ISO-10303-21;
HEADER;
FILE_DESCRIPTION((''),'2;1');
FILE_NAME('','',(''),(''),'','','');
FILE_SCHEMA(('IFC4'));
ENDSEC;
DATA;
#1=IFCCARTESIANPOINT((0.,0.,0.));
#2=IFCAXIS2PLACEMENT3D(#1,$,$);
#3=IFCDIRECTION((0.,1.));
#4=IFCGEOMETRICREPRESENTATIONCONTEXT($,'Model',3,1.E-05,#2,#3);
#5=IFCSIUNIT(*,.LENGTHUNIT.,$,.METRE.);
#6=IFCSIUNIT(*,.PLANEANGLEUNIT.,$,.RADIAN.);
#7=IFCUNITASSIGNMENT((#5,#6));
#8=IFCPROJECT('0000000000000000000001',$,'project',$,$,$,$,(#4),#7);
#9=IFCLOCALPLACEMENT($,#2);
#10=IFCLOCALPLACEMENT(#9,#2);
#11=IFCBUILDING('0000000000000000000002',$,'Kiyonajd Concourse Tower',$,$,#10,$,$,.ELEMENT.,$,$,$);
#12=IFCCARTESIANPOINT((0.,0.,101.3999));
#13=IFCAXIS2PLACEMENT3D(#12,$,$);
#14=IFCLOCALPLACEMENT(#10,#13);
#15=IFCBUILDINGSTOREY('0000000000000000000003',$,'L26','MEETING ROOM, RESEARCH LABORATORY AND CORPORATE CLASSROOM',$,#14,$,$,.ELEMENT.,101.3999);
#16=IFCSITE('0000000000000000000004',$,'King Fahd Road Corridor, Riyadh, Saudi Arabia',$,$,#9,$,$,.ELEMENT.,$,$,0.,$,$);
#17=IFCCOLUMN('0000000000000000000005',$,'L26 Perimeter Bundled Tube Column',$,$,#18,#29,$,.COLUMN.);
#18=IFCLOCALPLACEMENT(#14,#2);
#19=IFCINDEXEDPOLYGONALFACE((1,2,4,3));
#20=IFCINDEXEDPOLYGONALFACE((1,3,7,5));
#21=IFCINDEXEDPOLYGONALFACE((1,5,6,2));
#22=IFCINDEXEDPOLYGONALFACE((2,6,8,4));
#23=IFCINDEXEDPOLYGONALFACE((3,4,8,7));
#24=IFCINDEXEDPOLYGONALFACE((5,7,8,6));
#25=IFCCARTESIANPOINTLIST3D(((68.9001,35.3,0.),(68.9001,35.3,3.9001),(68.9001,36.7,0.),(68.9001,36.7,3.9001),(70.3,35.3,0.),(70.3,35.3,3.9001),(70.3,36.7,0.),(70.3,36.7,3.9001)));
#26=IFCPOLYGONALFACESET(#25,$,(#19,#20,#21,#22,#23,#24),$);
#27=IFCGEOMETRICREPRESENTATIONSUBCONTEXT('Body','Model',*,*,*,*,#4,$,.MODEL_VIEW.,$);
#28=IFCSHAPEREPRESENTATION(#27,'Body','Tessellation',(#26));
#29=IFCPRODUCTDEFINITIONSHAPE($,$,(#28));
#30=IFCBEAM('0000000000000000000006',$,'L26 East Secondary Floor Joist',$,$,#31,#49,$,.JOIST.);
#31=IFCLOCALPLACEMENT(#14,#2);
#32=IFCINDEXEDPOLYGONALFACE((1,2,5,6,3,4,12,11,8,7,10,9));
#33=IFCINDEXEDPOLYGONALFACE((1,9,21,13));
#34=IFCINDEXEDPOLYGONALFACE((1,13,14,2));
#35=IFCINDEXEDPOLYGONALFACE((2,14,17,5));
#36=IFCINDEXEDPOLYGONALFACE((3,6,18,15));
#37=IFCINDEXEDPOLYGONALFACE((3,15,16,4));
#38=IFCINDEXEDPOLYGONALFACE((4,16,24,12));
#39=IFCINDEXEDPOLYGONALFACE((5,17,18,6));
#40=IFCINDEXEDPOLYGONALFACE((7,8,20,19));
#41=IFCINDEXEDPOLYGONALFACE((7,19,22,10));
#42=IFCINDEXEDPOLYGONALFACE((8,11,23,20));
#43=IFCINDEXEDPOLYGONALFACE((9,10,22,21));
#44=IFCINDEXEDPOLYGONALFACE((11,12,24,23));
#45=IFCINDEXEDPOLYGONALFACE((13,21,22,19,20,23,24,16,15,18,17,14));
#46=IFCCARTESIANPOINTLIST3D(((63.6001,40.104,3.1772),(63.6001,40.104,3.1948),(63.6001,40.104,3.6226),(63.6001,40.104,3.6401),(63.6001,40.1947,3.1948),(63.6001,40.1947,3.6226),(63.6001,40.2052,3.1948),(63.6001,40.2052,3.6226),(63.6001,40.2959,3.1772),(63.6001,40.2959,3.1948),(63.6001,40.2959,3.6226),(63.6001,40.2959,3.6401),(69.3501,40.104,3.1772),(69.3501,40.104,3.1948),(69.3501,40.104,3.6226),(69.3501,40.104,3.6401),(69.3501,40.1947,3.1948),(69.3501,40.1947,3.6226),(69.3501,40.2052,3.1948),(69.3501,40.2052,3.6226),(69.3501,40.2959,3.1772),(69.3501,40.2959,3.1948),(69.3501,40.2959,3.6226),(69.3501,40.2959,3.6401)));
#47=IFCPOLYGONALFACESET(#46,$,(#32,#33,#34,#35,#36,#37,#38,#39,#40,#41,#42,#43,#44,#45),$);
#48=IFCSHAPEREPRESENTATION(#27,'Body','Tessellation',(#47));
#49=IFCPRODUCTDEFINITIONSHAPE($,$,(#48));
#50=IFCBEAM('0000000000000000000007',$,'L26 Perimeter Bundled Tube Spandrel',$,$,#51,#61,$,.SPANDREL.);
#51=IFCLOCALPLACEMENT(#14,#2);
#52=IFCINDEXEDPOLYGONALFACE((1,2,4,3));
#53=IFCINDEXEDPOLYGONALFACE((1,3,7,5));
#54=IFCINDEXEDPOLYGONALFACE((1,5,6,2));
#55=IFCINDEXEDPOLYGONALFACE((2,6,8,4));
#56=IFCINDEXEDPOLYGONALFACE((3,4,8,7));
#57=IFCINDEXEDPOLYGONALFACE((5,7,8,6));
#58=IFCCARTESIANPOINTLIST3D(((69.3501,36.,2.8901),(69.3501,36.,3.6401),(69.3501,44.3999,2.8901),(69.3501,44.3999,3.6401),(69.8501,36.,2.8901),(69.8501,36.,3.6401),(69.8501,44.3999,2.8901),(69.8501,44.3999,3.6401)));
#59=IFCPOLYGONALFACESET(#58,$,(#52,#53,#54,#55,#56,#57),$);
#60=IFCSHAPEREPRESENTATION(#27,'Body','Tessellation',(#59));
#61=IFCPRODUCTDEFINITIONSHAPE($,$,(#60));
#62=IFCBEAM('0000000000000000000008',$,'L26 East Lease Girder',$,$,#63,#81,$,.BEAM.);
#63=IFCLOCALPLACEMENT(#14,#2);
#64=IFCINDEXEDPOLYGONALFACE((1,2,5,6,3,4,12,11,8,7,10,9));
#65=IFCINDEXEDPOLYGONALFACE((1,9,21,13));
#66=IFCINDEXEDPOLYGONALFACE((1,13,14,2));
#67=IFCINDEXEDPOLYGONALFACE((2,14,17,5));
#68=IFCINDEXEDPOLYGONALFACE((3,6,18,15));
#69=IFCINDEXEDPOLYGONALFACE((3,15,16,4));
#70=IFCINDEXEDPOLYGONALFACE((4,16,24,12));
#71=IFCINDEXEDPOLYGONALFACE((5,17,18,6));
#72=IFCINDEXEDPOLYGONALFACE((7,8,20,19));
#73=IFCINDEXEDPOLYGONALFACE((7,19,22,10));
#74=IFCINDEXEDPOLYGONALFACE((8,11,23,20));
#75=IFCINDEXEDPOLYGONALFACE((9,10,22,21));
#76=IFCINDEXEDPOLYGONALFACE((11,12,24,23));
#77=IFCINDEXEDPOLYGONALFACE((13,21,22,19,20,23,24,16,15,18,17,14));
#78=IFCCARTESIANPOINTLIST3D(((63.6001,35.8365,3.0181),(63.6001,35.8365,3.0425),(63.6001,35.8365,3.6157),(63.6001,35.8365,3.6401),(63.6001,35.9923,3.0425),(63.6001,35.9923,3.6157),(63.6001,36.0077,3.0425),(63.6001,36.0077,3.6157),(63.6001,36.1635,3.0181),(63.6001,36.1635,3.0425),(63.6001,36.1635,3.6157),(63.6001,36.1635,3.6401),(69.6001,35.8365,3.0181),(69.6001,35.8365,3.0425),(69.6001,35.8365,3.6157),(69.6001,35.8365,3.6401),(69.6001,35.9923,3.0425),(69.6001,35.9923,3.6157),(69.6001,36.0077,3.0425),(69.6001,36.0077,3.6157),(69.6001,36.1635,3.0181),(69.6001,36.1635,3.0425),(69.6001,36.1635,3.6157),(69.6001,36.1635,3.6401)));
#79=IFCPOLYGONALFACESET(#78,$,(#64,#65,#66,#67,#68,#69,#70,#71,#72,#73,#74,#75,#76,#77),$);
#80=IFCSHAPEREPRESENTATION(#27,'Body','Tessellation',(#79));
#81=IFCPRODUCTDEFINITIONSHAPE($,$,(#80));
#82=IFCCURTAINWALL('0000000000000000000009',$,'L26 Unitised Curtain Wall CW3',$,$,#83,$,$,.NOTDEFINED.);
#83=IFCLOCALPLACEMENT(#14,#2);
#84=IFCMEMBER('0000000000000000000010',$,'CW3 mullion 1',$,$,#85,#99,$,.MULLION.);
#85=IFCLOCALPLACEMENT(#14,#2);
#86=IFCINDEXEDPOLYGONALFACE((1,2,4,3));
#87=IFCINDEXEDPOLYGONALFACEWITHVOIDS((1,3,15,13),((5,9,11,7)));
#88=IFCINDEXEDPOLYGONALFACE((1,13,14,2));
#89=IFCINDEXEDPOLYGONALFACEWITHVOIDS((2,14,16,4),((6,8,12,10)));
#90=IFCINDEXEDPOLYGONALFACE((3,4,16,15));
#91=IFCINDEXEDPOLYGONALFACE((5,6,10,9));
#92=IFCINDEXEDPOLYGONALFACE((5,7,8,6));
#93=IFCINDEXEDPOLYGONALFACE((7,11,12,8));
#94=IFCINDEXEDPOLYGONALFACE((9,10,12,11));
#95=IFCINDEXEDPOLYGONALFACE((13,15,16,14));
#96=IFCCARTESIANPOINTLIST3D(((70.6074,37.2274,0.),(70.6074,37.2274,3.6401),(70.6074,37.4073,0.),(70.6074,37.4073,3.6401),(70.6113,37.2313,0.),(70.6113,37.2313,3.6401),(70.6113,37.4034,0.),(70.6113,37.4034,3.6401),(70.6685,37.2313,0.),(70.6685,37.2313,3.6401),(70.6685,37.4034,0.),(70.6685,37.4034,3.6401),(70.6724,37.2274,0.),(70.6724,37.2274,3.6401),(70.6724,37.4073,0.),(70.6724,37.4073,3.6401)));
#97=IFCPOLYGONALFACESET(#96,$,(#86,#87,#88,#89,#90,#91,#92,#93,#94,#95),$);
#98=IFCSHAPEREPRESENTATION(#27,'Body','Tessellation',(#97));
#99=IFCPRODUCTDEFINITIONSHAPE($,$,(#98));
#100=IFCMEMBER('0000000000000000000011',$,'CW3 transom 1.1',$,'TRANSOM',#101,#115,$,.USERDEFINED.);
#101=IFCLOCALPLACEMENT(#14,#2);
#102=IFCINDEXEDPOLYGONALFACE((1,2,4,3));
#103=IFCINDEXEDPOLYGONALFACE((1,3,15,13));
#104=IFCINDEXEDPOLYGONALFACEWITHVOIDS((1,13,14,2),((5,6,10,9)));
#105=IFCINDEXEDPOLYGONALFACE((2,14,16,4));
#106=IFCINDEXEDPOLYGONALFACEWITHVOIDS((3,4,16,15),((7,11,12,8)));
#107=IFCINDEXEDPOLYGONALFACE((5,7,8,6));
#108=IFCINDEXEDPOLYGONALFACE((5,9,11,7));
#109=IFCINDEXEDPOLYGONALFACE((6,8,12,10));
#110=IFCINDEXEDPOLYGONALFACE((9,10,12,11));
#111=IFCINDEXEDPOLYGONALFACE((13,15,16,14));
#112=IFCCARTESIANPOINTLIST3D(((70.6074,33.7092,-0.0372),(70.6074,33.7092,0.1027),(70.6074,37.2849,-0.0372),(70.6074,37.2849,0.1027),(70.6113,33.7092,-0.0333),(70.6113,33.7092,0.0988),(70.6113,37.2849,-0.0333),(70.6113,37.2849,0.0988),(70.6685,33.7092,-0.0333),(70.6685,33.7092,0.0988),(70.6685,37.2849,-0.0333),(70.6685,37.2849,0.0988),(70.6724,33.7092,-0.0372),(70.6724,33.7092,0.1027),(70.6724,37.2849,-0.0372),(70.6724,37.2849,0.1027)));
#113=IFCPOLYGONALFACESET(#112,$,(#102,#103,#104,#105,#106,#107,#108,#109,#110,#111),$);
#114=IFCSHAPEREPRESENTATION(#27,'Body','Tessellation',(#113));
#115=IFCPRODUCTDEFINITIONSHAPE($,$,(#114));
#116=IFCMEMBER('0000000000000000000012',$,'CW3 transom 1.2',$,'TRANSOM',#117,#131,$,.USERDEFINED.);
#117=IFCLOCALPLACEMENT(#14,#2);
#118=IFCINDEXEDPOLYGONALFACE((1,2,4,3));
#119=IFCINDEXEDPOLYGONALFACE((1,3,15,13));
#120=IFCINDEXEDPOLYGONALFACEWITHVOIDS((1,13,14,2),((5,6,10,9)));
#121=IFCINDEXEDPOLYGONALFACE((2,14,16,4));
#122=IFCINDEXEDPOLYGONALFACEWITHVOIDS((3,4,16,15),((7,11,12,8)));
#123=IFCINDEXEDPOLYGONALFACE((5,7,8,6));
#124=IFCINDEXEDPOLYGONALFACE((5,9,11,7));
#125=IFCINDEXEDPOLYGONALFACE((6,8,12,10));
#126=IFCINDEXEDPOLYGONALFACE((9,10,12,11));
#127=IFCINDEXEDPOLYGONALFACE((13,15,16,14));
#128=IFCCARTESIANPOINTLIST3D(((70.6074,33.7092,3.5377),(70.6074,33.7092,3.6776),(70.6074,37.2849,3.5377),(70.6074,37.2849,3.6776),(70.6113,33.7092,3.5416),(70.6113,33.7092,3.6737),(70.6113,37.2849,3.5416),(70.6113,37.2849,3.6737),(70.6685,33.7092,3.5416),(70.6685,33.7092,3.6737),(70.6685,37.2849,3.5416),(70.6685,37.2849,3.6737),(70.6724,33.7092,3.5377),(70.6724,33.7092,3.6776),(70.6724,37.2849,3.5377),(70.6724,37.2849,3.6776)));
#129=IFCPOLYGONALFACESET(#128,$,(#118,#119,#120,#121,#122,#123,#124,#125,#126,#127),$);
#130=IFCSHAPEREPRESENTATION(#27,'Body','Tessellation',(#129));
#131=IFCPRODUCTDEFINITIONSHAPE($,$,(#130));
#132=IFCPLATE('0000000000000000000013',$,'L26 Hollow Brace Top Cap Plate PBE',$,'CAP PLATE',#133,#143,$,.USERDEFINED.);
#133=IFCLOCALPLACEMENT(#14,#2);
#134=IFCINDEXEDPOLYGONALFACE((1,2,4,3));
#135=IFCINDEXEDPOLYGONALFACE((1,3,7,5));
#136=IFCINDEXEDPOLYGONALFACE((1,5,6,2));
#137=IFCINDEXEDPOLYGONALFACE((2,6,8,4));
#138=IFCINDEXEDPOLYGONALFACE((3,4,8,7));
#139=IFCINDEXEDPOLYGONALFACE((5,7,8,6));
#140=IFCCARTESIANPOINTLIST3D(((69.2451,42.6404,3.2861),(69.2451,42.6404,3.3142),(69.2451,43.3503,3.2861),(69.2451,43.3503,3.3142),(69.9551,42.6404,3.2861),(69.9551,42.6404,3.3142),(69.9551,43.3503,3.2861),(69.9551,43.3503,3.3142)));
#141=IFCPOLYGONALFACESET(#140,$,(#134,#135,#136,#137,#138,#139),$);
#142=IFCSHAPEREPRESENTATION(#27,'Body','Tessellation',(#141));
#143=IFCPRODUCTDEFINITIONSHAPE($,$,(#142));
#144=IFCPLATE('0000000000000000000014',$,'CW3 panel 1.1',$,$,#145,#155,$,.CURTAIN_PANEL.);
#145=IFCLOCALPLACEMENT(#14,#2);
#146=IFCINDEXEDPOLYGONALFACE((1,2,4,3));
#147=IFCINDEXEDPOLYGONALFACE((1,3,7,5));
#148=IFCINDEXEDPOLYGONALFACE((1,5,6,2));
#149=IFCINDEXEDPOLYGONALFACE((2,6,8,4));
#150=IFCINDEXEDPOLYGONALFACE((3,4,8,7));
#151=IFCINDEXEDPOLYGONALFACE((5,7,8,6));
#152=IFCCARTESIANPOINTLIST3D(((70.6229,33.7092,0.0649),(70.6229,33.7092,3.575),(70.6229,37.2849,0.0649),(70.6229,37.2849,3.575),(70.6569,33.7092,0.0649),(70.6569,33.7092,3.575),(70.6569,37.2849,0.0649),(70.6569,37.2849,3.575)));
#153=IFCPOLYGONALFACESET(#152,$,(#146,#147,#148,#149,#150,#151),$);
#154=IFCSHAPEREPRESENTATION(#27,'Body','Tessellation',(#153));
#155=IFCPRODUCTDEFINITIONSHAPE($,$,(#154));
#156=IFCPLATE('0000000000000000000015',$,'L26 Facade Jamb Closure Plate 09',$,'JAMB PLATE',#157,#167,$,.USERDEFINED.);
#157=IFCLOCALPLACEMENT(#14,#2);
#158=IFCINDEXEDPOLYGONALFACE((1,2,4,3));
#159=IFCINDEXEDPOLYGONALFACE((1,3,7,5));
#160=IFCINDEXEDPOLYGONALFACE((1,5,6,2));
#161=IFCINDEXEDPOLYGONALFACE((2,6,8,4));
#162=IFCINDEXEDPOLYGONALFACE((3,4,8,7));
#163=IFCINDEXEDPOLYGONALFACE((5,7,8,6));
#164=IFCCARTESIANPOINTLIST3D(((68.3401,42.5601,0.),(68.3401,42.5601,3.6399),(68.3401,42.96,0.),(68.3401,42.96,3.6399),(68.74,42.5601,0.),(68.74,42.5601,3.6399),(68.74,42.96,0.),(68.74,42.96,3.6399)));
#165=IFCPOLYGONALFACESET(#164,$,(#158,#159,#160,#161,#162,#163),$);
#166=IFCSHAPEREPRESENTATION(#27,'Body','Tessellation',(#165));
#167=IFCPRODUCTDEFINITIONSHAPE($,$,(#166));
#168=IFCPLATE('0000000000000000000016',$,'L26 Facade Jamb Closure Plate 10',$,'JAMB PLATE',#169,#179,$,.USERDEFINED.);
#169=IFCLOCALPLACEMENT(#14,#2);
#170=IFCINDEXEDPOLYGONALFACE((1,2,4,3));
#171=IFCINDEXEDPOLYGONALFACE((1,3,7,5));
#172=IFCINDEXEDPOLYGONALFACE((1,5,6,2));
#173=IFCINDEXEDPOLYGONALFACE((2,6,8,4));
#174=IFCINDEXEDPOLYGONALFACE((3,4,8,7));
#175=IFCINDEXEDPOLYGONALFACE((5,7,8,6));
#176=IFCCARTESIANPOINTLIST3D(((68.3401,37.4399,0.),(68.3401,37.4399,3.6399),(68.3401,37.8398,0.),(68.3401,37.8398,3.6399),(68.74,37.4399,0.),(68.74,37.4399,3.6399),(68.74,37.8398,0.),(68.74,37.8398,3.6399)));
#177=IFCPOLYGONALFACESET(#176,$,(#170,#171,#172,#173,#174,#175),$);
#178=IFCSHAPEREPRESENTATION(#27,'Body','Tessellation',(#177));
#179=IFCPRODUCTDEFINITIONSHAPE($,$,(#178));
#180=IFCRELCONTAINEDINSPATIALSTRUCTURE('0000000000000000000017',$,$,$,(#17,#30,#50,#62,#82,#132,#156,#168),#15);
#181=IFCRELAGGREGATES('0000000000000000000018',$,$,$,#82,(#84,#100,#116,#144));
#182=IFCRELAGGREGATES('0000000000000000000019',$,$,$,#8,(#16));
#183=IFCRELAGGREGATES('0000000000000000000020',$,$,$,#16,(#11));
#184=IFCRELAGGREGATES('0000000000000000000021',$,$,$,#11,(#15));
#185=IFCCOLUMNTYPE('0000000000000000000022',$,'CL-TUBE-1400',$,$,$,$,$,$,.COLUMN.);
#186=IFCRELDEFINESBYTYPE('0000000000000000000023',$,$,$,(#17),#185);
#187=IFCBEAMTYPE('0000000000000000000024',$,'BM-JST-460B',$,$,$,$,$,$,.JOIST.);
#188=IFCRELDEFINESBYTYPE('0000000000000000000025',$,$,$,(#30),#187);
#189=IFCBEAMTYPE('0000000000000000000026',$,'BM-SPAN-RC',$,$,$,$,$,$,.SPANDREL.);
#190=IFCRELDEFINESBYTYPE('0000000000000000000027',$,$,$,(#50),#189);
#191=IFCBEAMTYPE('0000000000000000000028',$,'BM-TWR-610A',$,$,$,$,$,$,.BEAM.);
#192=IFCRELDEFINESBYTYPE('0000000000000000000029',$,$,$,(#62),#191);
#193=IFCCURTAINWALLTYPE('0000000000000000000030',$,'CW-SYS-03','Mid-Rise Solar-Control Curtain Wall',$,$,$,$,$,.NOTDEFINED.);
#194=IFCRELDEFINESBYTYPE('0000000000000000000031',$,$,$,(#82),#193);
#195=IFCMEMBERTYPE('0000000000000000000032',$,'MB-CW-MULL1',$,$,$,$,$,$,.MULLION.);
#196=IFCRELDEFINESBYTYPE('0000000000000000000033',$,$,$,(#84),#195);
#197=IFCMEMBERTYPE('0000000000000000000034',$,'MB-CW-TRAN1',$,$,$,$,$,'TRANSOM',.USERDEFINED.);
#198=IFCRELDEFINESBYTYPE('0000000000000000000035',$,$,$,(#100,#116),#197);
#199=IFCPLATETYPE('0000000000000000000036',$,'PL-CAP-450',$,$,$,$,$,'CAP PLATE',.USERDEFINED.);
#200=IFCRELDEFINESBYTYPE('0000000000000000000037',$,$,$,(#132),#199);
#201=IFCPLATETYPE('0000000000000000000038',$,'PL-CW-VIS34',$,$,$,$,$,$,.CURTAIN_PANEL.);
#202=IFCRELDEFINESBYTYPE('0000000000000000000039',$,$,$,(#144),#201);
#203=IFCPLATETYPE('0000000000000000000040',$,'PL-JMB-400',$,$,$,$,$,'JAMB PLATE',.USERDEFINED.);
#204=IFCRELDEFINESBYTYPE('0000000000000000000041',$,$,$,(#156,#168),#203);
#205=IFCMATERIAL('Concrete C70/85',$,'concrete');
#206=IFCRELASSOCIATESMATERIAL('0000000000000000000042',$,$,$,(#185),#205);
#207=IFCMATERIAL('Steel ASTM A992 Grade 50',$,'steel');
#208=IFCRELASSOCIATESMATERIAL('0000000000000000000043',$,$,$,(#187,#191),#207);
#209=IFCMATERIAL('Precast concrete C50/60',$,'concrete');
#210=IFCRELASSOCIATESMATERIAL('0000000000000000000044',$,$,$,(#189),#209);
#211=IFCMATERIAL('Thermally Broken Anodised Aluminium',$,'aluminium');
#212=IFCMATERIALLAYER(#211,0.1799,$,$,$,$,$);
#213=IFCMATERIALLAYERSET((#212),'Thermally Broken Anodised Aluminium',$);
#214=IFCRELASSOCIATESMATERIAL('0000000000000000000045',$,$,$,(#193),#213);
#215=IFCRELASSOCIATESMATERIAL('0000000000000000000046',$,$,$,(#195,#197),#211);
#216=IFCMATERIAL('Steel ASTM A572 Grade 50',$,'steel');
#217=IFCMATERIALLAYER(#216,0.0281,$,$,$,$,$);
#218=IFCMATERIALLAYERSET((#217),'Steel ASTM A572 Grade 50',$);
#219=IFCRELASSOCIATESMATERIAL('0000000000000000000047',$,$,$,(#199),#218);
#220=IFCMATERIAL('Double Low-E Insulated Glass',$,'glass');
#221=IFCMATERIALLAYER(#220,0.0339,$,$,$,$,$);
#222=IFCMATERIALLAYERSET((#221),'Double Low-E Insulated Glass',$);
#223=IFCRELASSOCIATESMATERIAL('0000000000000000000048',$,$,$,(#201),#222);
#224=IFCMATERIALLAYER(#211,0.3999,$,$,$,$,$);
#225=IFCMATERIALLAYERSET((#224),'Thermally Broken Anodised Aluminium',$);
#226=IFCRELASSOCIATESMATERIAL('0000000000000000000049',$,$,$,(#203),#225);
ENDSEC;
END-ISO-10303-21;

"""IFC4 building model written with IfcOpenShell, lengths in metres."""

from ifc_helpers import new_model, si_unit, direction, frame, origin, origin_2d, place, context, subcontext, project, spatial, rectangle, hollow_rectangle, i_section, extrude, material, layer, layer_set, material_profile, profile_set, type_object, element, aggregate, save


model = new_model("IFC4")

# Units and contexts
model_context = context("Model", 3, precision=1e-05, world=origin(), true_north=direction((0.0, 1.0)))
body_context = subcontext(model_context, "Body", "Model", "MODEL_VIEW")
ifc_project = project(units=[si_unit("LENGTHUNIT", "METRE"), si_unit("PLANEANGLEUNIT", "RADIAN")], contexts=[model_context])

# Site, building, storey
site_placement = place(None, origin())
site = spatial("IfcSite", under=ifc_project, at=site_placement, Name="King Fahd Road Corridor, Riyadh, Saudi Arabia", CompositionType="ELEMENT", RefElevation=0.0)
building_placement = place(site_placement, origin())
building = spatial("IfcBuilding", under=site, at=building_placement, Name="Kiyonajd Concourse Tower", CompositionType="ELEMENT")
storey_placement = place(building_placement, frame((0.0, 0.0, 101.3999)))
storey = spatial("IfcBuildingStorey", under=building, at=storey_placement, Name="L26", Description="MEETING ROOM, RESEARCH LABORATORY AND CORPORATE CLASSROOM", CompositionType="ELEMENT", Elevation=101.3999)

# Column
ifc_material_1 = material(Name="Concrete C70/85", Category="concrete")
ifc_material_profile_1 = material_profile(ifc_material_1, rectangle(XDim=1.3999, YDim=1.3999, at=origin_2d()), Name="RC-1400x1400")
ifc_profile_set_1 = profile_set([ifc_material_profile_1], Name="Concrete C70/85")
column_type = type_object("IfcColumnType", Name="CL-TUBE-1400", PredefinedType="COLUMN", material=ifc_profile_set_1)
column_placement = place(storey_placement, frame((69.6001, 36.0, 0.0), z_axis=(0.0, 0.0, 1.0), x_axis=(1.0, 0.0, 0.0)))
element("IfcColumn", 1, at=column_placement, inside=storey, type_object=column_type, Name="L26 Perimeter Bundled Tube Column", PredefinedType="COLUMN", context=body_context, shape_type="SweptSolid", body=[
    extrude(rectangle(XDim=1.3999, YDim=1.3999, at=origin_2d()), origin(), (0.0, 0.0, 1.0), 3.9001),
])

# Beams
ifc_material_2 = material(Name="Steel ASTM A992 Grade 50", Category="steel")
ifc_material_profile_2 = material_profile(ifc_material_2, i_section(OverallWidth=0.1919, OverallDepth=0.4629, WebThickness=0.0105, FlangeThickness=0.0176, at=origin_2d()), Name="W460X89")
ifc_profile_set_2 = profile_set([ifc_material_profile_2], Name="Steel ASTM A992 Grade 50")
beam_type_1 = type_object("IfcBeamType", Name="BM-JST-460B", PredefinedType="JOIST", material=ifc_profile_set_2)
beam_1_placement = place(storey_placement, frame((63.6001, 40.2, 3.4087), z_axis=(1.0, 0.0, 0.0), x_axis=(0.0, 1.0, 0.0)))
element("IfcBeam", 2, at=beam_1_placement, inside=storey, type_object=beam_type_1, Name="L26 East Secondary Floor Joist", PredefinedType="JOIST", context=body_context, shape_type="SweptSolid", body=[
    extrude(i_section(OverallWidth=0.1919, OverallDepth=0.4629, WebThickness=0.0105, FlangeThickness=0.0176, at=origin_2d()), origin(), (0.0, 0.0, 1.0), 5.75),
])
ifc_material_3 = material(Name="Precast concrete C50/60", Category="concrete")
ifc_material_profile_3 = material_profile(ifc_material_3, rectangle(XDim=0.5, YDim=0.75, at=origin_2d()), Name="RCBM-500x750")
ifc_profile_set_3 = profile_set([ifc_material_profile_3], Name="Precast concrete C50/60")
beam_type_2 = type_object("IfcBeamType", Name="BM-SPAN-RC", PredefinedType="SPANDREL", material=ifc_profile_set_3)
beam_2_placement = place(storey_placement, frame((69.6001, 36.0, 3.2651), z_axis=(0.0, 1.0, 0.0), x_axis=(-1.0, 0.0, 0.0)))
element("IfcBeam", 3, at=beam_2_placement, inside=storey, type_object=beam_type_2, Name="L26 Perimeter Bundled Tube Spandrel", PredefinedType="SPANDREL", context=body_context, shape_type="SweptSolid", body=[
    extrude(rectangle(XDim=0.5, YDim=0.75, at=origin_2d()), origin(), (0.0, 0.0, 1.0), 8.3999),
])
ifc_material_profile_4 = material_profile(ifc_material_2, i_section(OverallWidth=0.3269, OverallDepth=0.6221, WebThickness=0.0154, FlangeThickness=0.0244, at=origin_2d()), Name="W610X195")
ifc_profile_set_4 = profile_set([ifc_material_profile_4], Name="Steel ASTM A992 Grade 50")
beam_type_3 = type_object("IfcBeamType", Name="BM-TWR-610A", PredefinedType="BEAM", material=ifc_profile_set_4)
beam_3_placement = place(storey_placement, frame((63.6001, 36.0, 3.3291), z_axis=(1.0, 0.0, 0.0), x_axis=(0.0, 1.0, 0.0)))
element("IfcBeam", 4, at=beam_3_placement, inside=storey, type_object=beam_type_3, Name="L26 East Lease Girder", PredefinedType="BEAM", context=body_context, shape_type="SweptSolid", body=[
    extrude(i_section(OverallWidth=0.3269, OverallDepth=0.6221, WebThickness=0.0154, FlangeThickness=0.0244, at=origin_2d()), origin(), (0.0, 0.0, 1.0), 6.0),
])

# Curtain wall, members
ifc_material_4 = material(Name="Thermally Broken Anodised Aluminium", Category="aluminium")
ifc_layer_1 = layer(ifc_material_4, 0.1799)
ifc_layer_set_1 = layer_set([ifc_layer_1], Name="Thermally Broken Anodised Aluminium")
curtain_wall_type = type_object("IfcCurtainWallType", Name="CW-SYS-03", Description="Mid-Rise Solar-Control Curtain Wall", PredefinedType="NOTDEFINED", material=ifc_layer_set_1)
curtain_wall_placement = place(storey_placement, origin())
curtain_wall = element("IfcCurtainWall", 5, at=curtain_wall_placement, inside=storey, type_object=curtain_wall_type, Name="L26 Unitised Curtain Wall CW3", PredefinedType="NOTDEFINED")
ifc_material_profile_5 = material_profile(ifc_material_4, hollow_rectangle(XDim=0.0649, YDim=0.1799, WallThickness=0.0039, at=origin_2d()), Name="MULL-65x180")
ifc_profile_set_5 = profile_set([ifc_material_profile_5], Name="Thermally Broken Anodised Aluminium")
member_type_1 = type_object("IfcMemberType", Name="MB-CW-MULL1", PredefinedType="MULLION", material=ifc_profile_set_5)
member_1_placement = place(storey_placement, frame((70.6399, 37.3174, 0.0), z_axis=(0.0, 0.0, 1.0), x_axis=(1.0, 0.0, 0.0)))
member_1 = element("IfcMember", 6, at=member_1_placement, type_object=member_type_1, Name="CW3 mullion 1", PredefinedType="MULLION", context=body_context, shape_type="SweptSolid", body=[
    extrude(hollow_rectangle(XDim=0.0649, YDim=0.1799, WallThickness=0.0039, at=origin_2d()), origin(), (0.0, 0.0, 1.0), 3.6401),
])
ifc_material_profile_6 = material_profile(ifc_material_4, hollow_rectangle(XDim=0.0649, YDim=0.1399, WallThickness=0.0039, at=origin_2d()), Name="TRAN-65x140")
ifc_profile_set_6 = profile_set([ifc_material_profile_6], Name="Thermally Broken Anodised Aluminium")
member_type_2 = type_object("IfcMemberType", Name="MB-CW-TRAN1", ElementType="TRANSOM", PredefinedType="USERDEFINED", material=ifc_profile_set_6)
member_2_placement = place(storey_placement, frame((70.6399, 37.2849, 0.0327), z_axis=(0.0, -1.0, 0.0), x_axis=(1.0, 0.0, 0.0)))
member_2 = element("IfcMember", 7, at=member_2_placement, type_object=member_type_2, Name="CW3 transom 1.1", ObjectType="TRANSOM", PredefinedType="USERDEFINED", context=body_context, shape_type="SweptSolid", body=[
    extrude(hollow_rectangle(XDim=0.0649, YDim=0.1399, WallThickness=0.0039, at=origin_2d()), origin(), (0.0, 0.0, 1.0), 3.5757),
])
member_3_placement = place(storey_placement, frame((70.6399, 37.2849, 3.6077), z_axis=(0.0, -1.0, 0.0), x_axis=(1.0, 0.0, 0.0)))
member_3 = element("IfcMember", 8, at=member_3_placement, type_object=member_type_2, Name="CW3 transom 1.2", ObjectType="TRANSOM", PredefinedType="USERDEFINED", context=body_context, shape_type="SweptSolid", body=[
    extrude(hollow_rectangle(XDim=0.0649, YDim=0.1399, WallThickness=0.0039, at=origin_2d()), origin(), (0.0, 0.0, 1.0), 3.5757),
])

# Plates
ifc_material_5 = material(Name="Steel ASTM A572 Grade 50", Category="steel")
ifc_layer_2 = layer(ifc_material_5, 0.0281)
ifc_layer_set_2 = layer_set([ifc_layer_2], Name="Steel ASTM A572 Grade 50")
plate_type_1 = type_object("IfcPlateType", Name="PL-CAP-450", ElementType="CAP PLATE", PredefinedType="USERDEFINED", material=ifc_layer_set_2)
plate_1_placement = place(storey_placement, frame((69.6001, 42.9954, 3.2861), z_axis=(0.0, 0.0, 1.0), x_axis=(1.0, 0.0, 0.0)))
element("IfcPlate", 9, at=plate_1_placement, inside=storey, type_object=plate_type_1, Name="L26 Hollow Brace Top Cap Plate PBE", ObjectType="CAP PLATE", PredefinedType="USERDEFINED", context=body_context, shape_type="SweptSolid", body=[
    extrude(rectangle(XDim=0.71, YDim=0.71, at=origin_2d()), origin(), (0.0, 0.0, 1.0), 0.0281),
])
ifc_material_6 = material(Name="Double Low-E Insulated Glass", Category="glass")
ifc_layer_3 = layer(ifc_material_6, 0.0339)
ifc_layer_set_3 = layer_set([ifc_layer_3], Name="Double Low-E Insulated Glass")
plate_type_2 = type_object("IfcPlateType", Name="PL-CW-VIS34", PredefinedType="CURTAIN_PANEL", material=ifc_layer_set_3)
plate_2_placement = place(storey_placement, frame((70.6399, 35.4971, 0.0649), z_axis=(0.0, 0.0, 1.0), x_axis=(0.0, -1.0, 0.0)))
plate_2 = element("IfcPlate", 10, at=plate_2_placement, type_object=plate_type_2, Name="CW3 panel 1.1", PredefinedType="CURTAIN_PANEL", context=body_context, shape_type="SweptSolid", body=[
    extrude(rectangle(XDim=3.5757, YDim=0.0339, at=origin_2d()), origin(), (0.0, 0.0, 1.0), 3.51),
])
aggregate(curtain_wall, [member_1, member_2, member_3, plate_2])

# Plates
ifc_layer_4 = layer(ifc_material_4, 0.3999)
ifc_layer_set_4 = layer_set([ifc_layer_4], Name="Thermally Broken Anodised Aluminium")
plate_type_3 = type_object("IfcPlateType", Name="PL-JMB-400", ElementType="JAMB PLATE", PredefinedType="USERDEFINED", material=ifc_layer_set_4)
for number, where, z_axis, x_axis, name in (
    (11, (68.54, 42.76, 0.0), (0.0, 0.0, 1.0), (1.0, 0.0, 0.0), "L26 Facade Jamb Closure Plate 09"),
    (12, (68.54, 37.6399, 0.0), (0.0, 0.0, 1.0), (1.0, 0.0, 0.0), "L26 Facade Jamb Closure Plate 10"),
):
    element("IfcPlate", number, at=place(storey_placement, frame(where, z_axis=z_axis, x_axis=x_axis)), inside=storey, type_object=plate_type_3, Name=name, ObjectType="JAMB PLATE", PredefinedType="USERDEFINED", context=body_context, shape_type="SweptSolid", body=[
        extrude(rectangle(XDim=0.3999, YDim=0.3999, at=origin_2d()), origin(), (0.0, 0.0, 1.0), 3.6399),
    ])

save(model, "model.ifc")
